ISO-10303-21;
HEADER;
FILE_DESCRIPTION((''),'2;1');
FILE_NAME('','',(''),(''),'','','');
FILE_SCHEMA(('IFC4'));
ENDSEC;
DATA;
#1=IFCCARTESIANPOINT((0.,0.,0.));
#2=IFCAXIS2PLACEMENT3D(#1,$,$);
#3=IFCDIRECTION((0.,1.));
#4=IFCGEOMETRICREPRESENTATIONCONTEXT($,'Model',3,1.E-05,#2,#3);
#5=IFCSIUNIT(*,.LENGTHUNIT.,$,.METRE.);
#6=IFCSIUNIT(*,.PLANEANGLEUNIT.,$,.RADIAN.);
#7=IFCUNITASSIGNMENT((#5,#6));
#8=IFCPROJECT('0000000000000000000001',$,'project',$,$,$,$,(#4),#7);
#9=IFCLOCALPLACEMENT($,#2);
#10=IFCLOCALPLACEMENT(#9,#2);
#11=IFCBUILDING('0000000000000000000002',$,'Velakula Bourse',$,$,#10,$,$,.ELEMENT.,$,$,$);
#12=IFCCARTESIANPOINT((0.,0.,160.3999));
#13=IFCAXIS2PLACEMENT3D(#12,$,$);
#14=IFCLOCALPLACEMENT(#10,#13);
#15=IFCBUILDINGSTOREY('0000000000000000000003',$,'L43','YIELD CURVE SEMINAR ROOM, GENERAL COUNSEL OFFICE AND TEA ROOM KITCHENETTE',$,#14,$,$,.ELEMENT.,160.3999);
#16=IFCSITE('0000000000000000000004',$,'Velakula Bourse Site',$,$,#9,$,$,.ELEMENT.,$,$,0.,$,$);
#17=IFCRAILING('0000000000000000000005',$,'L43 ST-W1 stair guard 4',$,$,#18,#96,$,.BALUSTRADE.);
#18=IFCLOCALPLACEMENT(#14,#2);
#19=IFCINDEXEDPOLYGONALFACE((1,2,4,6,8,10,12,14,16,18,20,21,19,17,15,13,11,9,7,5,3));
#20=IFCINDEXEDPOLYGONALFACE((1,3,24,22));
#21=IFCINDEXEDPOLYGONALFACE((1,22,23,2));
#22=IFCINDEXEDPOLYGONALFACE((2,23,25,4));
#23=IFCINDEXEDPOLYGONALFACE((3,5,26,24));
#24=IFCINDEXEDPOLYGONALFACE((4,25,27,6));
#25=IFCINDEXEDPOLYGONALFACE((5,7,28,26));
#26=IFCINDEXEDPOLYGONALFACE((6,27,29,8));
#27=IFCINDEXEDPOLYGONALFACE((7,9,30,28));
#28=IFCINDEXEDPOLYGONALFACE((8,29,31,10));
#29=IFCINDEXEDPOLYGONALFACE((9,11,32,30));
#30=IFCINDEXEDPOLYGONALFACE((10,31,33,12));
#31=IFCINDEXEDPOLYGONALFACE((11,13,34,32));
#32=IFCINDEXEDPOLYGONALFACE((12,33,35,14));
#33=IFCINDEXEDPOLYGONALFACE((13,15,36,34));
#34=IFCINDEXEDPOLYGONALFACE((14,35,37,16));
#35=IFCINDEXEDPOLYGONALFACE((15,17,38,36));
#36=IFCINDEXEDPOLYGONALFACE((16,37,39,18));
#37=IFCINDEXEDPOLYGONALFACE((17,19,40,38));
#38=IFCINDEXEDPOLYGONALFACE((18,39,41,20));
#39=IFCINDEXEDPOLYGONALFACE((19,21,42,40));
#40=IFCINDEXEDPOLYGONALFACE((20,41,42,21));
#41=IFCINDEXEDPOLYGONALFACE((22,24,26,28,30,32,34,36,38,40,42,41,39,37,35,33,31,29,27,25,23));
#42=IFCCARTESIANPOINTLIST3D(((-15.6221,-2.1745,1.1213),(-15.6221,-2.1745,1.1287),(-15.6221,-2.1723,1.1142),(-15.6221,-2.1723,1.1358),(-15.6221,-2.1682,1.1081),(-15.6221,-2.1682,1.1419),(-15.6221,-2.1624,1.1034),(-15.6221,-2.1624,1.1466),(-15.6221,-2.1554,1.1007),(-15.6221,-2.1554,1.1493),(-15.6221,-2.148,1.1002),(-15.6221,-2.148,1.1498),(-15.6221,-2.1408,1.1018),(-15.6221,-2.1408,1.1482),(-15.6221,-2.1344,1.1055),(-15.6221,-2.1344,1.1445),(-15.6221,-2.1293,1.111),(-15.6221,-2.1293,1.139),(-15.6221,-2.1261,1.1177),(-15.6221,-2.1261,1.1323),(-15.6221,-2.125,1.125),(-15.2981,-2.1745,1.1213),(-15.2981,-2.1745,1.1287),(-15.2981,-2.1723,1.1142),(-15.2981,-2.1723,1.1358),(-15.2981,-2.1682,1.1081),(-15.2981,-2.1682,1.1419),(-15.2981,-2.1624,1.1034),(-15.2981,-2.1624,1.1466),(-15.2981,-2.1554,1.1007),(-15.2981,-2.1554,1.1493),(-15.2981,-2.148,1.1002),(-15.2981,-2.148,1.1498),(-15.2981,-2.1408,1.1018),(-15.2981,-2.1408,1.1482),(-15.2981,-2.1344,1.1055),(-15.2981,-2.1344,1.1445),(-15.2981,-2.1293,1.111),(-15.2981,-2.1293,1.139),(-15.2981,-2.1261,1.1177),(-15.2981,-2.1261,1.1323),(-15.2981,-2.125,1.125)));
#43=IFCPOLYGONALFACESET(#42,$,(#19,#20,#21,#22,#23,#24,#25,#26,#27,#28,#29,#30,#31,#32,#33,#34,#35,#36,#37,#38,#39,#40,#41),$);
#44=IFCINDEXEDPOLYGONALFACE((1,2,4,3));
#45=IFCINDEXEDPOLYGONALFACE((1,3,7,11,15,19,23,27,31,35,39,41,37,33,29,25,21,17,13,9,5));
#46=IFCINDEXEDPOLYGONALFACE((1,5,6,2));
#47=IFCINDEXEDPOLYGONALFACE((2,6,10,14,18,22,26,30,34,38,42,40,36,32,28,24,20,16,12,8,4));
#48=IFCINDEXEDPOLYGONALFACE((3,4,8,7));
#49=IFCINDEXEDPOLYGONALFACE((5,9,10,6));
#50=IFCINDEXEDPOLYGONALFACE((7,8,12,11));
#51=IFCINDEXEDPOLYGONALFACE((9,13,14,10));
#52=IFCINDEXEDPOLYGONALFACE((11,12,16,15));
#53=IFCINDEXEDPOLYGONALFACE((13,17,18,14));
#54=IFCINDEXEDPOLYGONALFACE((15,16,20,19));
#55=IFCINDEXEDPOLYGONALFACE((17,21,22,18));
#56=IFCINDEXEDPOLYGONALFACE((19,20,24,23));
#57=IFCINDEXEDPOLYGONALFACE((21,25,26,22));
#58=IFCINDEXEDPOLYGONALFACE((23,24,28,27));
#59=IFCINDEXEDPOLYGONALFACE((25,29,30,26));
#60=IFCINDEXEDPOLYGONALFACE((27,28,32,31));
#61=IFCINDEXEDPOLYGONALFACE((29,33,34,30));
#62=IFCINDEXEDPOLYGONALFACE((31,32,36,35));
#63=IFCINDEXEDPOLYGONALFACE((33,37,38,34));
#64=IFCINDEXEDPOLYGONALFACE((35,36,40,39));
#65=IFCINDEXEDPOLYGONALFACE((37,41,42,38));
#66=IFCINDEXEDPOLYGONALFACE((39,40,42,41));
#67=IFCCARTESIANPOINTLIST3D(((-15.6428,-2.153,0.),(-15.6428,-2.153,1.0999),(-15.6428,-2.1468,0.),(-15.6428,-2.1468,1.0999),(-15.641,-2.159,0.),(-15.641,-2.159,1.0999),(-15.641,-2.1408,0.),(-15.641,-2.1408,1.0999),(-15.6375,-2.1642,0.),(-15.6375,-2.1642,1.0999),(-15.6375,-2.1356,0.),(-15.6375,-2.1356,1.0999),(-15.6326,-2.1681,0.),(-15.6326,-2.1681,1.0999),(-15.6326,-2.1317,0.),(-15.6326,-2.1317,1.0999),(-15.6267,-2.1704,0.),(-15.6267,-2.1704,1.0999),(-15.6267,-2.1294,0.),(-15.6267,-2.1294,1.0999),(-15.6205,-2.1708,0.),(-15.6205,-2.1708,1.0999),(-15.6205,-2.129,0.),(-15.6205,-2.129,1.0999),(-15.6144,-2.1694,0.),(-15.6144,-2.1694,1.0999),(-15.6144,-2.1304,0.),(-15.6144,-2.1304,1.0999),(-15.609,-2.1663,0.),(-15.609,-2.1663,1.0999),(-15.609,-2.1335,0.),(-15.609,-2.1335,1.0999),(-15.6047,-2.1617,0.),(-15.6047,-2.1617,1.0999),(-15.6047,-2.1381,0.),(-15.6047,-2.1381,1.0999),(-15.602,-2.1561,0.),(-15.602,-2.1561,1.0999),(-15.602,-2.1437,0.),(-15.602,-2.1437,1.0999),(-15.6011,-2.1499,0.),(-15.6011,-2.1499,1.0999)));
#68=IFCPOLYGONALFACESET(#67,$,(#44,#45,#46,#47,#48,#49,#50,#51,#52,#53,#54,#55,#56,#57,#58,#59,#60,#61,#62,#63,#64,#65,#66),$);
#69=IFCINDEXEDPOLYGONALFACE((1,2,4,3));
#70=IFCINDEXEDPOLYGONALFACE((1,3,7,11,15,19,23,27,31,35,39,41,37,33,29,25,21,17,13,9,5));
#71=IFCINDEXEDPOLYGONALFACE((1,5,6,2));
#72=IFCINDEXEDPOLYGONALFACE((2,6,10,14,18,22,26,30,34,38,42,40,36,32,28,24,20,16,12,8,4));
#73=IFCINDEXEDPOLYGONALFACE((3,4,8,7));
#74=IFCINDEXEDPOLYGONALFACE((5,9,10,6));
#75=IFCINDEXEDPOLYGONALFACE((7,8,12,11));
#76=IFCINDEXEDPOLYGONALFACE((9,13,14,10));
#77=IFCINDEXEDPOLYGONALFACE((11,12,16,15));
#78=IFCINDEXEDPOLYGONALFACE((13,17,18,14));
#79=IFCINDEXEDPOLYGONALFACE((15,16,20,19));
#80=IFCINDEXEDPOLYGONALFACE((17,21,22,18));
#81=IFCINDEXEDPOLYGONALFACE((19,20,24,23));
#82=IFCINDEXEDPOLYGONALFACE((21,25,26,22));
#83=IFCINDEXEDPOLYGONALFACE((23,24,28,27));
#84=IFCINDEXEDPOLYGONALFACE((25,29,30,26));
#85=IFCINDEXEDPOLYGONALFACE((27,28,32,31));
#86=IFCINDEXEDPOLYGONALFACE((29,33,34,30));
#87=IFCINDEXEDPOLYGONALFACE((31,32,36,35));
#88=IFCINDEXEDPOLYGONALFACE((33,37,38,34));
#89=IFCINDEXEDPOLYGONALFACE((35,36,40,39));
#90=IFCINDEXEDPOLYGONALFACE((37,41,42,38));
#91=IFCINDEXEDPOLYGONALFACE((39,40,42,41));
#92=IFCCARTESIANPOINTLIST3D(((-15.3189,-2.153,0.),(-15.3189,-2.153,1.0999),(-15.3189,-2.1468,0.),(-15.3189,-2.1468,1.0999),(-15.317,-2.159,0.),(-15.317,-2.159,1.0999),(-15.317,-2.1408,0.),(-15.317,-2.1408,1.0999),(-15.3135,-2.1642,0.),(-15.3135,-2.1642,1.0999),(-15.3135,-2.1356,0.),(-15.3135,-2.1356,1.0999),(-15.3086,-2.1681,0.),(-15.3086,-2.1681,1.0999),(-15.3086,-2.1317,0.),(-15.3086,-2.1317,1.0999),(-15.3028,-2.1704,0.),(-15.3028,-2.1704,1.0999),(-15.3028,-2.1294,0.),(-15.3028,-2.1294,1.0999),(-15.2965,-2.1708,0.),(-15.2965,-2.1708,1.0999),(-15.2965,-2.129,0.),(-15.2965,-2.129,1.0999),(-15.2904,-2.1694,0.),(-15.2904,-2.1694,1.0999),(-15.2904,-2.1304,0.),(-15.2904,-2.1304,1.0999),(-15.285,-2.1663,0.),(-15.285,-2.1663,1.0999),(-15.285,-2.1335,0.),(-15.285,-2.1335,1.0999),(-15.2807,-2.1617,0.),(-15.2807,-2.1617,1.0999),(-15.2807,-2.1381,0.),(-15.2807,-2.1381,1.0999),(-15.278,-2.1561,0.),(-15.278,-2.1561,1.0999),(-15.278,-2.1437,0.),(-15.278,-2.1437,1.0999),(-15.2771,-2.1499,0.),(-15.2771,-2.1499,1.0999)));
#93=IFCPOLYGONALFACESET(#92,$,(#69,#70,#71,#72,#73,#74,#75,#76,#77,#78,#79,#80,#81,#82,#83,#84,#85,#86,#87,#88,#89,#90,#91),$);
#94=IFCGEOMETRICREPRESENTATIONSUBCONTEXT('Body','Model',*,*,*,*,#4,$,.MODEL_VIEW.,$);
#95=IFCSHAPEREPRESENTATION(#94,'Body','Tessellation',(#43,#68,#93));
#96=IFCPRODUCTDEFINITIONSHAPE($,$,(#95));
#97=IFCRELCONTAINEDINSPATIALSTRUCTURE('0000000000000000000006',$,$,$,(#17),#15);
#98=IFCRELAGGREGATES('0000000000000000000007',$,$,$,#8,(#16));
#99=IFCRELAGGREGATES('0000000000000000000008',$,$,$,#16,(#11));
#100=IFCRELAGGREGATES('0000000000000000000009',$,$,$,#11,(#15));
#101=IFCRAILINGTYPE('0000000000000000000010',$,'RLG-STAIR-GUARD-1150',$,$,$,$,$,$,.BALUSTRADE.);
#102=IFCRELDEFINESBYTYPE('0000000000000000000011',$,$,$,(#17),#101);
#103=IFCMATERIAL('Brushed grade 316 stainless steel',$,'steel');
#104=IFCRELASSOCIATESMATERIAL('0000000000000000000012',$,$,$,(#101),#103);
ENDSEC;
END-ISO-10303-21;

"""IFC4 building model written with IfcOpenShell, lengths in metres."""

from ifc_helpers import new_model, si_unit, direction, frame, origin, origin_2d, place, context, subcontext, project, spatial, circle, extrude, material, type_object, element, save


model = new_model("IFC4")

# Units and contexts
model_context = context("Model", 3, precision=1e-05, world=origin(), true_north=direction((0.0, 1.0)))
body_context = subcontext(model_context, "Body", "Model", "MODEL_VIEW")
ifc_project = project(units=[si_unit("LENGTHUNIT", "METRE"), si_unit("PLANEANGLEUNIT", "RADIAN")], contexts=[model_context])

# Site, building, storey
site_placement = place(None, origin())
site = spatial("IfcSite", under=ifc_project, at=site_placement, Name="Velakula Bourse Site", CompositionType="ELEMENT", RefElevation=0.0)
building_placement = place(site_placement, origin())
building = spatial("IfcBuilding", under=site, at=building_placement, Name="Velakula Bourse", CompositionType="ELEMENT")
storey_placement = place(building_placement, frame((0.0, 0.0, 160.3999)))
storey = spatial("IfcBuildingStorey", under=building, at=storey_placement, Name="L43", Description="YIELD CURVE SEMINAR ROOM, GENERAL COUNSEL OFFICE AND TEA ROOM KITCHENETTE", CompositionType="ELEMENT", Elevation=160.3999)

# Shared definitions
ifc_material_1 = material(Name="Brushed grade 316 stainless steel", Category="steel")

# Railing
railing_type_1 = type_object("IfcRailingType", Name="RLG-STAIR-GUARD-1150", PredefinedType="BALUSTRADE", material=ifc_material_1)
railing_1_placement = place(storey_placement, frame((-15.6221, -2.1499, 0.0)))
element("IfcRailing", 1, at=railing_1_placement, inside=storey, type_object=railing_type_1, Name="L43 ST-W1 stair guard 4", PredefinedType="BALUSTRADE", context=body_context, shape_type="SweptSolid", body=[
    extrude(circle(Radius=0.0249, at=origin_2d()), frame((0.0, 0.0, 1.125), z_axis=(1.0, 0.0, 0.0), x_axis=(0.0, 1.0, 0.0)), (0.0, 0.0, 1.0), 0.324),
    extrude(circle(Radius=0.021, at=origin_2d()), origin(), (0.0, 0.0, 1.0), 1.0999),
    extrude(circle(Radius=0.021, at=origin_2d()), frame((0.324, 0.0, 0.0)), (0.0, 0.0, 1.0), 1.0999),
])

save(model, "model.ifc")
